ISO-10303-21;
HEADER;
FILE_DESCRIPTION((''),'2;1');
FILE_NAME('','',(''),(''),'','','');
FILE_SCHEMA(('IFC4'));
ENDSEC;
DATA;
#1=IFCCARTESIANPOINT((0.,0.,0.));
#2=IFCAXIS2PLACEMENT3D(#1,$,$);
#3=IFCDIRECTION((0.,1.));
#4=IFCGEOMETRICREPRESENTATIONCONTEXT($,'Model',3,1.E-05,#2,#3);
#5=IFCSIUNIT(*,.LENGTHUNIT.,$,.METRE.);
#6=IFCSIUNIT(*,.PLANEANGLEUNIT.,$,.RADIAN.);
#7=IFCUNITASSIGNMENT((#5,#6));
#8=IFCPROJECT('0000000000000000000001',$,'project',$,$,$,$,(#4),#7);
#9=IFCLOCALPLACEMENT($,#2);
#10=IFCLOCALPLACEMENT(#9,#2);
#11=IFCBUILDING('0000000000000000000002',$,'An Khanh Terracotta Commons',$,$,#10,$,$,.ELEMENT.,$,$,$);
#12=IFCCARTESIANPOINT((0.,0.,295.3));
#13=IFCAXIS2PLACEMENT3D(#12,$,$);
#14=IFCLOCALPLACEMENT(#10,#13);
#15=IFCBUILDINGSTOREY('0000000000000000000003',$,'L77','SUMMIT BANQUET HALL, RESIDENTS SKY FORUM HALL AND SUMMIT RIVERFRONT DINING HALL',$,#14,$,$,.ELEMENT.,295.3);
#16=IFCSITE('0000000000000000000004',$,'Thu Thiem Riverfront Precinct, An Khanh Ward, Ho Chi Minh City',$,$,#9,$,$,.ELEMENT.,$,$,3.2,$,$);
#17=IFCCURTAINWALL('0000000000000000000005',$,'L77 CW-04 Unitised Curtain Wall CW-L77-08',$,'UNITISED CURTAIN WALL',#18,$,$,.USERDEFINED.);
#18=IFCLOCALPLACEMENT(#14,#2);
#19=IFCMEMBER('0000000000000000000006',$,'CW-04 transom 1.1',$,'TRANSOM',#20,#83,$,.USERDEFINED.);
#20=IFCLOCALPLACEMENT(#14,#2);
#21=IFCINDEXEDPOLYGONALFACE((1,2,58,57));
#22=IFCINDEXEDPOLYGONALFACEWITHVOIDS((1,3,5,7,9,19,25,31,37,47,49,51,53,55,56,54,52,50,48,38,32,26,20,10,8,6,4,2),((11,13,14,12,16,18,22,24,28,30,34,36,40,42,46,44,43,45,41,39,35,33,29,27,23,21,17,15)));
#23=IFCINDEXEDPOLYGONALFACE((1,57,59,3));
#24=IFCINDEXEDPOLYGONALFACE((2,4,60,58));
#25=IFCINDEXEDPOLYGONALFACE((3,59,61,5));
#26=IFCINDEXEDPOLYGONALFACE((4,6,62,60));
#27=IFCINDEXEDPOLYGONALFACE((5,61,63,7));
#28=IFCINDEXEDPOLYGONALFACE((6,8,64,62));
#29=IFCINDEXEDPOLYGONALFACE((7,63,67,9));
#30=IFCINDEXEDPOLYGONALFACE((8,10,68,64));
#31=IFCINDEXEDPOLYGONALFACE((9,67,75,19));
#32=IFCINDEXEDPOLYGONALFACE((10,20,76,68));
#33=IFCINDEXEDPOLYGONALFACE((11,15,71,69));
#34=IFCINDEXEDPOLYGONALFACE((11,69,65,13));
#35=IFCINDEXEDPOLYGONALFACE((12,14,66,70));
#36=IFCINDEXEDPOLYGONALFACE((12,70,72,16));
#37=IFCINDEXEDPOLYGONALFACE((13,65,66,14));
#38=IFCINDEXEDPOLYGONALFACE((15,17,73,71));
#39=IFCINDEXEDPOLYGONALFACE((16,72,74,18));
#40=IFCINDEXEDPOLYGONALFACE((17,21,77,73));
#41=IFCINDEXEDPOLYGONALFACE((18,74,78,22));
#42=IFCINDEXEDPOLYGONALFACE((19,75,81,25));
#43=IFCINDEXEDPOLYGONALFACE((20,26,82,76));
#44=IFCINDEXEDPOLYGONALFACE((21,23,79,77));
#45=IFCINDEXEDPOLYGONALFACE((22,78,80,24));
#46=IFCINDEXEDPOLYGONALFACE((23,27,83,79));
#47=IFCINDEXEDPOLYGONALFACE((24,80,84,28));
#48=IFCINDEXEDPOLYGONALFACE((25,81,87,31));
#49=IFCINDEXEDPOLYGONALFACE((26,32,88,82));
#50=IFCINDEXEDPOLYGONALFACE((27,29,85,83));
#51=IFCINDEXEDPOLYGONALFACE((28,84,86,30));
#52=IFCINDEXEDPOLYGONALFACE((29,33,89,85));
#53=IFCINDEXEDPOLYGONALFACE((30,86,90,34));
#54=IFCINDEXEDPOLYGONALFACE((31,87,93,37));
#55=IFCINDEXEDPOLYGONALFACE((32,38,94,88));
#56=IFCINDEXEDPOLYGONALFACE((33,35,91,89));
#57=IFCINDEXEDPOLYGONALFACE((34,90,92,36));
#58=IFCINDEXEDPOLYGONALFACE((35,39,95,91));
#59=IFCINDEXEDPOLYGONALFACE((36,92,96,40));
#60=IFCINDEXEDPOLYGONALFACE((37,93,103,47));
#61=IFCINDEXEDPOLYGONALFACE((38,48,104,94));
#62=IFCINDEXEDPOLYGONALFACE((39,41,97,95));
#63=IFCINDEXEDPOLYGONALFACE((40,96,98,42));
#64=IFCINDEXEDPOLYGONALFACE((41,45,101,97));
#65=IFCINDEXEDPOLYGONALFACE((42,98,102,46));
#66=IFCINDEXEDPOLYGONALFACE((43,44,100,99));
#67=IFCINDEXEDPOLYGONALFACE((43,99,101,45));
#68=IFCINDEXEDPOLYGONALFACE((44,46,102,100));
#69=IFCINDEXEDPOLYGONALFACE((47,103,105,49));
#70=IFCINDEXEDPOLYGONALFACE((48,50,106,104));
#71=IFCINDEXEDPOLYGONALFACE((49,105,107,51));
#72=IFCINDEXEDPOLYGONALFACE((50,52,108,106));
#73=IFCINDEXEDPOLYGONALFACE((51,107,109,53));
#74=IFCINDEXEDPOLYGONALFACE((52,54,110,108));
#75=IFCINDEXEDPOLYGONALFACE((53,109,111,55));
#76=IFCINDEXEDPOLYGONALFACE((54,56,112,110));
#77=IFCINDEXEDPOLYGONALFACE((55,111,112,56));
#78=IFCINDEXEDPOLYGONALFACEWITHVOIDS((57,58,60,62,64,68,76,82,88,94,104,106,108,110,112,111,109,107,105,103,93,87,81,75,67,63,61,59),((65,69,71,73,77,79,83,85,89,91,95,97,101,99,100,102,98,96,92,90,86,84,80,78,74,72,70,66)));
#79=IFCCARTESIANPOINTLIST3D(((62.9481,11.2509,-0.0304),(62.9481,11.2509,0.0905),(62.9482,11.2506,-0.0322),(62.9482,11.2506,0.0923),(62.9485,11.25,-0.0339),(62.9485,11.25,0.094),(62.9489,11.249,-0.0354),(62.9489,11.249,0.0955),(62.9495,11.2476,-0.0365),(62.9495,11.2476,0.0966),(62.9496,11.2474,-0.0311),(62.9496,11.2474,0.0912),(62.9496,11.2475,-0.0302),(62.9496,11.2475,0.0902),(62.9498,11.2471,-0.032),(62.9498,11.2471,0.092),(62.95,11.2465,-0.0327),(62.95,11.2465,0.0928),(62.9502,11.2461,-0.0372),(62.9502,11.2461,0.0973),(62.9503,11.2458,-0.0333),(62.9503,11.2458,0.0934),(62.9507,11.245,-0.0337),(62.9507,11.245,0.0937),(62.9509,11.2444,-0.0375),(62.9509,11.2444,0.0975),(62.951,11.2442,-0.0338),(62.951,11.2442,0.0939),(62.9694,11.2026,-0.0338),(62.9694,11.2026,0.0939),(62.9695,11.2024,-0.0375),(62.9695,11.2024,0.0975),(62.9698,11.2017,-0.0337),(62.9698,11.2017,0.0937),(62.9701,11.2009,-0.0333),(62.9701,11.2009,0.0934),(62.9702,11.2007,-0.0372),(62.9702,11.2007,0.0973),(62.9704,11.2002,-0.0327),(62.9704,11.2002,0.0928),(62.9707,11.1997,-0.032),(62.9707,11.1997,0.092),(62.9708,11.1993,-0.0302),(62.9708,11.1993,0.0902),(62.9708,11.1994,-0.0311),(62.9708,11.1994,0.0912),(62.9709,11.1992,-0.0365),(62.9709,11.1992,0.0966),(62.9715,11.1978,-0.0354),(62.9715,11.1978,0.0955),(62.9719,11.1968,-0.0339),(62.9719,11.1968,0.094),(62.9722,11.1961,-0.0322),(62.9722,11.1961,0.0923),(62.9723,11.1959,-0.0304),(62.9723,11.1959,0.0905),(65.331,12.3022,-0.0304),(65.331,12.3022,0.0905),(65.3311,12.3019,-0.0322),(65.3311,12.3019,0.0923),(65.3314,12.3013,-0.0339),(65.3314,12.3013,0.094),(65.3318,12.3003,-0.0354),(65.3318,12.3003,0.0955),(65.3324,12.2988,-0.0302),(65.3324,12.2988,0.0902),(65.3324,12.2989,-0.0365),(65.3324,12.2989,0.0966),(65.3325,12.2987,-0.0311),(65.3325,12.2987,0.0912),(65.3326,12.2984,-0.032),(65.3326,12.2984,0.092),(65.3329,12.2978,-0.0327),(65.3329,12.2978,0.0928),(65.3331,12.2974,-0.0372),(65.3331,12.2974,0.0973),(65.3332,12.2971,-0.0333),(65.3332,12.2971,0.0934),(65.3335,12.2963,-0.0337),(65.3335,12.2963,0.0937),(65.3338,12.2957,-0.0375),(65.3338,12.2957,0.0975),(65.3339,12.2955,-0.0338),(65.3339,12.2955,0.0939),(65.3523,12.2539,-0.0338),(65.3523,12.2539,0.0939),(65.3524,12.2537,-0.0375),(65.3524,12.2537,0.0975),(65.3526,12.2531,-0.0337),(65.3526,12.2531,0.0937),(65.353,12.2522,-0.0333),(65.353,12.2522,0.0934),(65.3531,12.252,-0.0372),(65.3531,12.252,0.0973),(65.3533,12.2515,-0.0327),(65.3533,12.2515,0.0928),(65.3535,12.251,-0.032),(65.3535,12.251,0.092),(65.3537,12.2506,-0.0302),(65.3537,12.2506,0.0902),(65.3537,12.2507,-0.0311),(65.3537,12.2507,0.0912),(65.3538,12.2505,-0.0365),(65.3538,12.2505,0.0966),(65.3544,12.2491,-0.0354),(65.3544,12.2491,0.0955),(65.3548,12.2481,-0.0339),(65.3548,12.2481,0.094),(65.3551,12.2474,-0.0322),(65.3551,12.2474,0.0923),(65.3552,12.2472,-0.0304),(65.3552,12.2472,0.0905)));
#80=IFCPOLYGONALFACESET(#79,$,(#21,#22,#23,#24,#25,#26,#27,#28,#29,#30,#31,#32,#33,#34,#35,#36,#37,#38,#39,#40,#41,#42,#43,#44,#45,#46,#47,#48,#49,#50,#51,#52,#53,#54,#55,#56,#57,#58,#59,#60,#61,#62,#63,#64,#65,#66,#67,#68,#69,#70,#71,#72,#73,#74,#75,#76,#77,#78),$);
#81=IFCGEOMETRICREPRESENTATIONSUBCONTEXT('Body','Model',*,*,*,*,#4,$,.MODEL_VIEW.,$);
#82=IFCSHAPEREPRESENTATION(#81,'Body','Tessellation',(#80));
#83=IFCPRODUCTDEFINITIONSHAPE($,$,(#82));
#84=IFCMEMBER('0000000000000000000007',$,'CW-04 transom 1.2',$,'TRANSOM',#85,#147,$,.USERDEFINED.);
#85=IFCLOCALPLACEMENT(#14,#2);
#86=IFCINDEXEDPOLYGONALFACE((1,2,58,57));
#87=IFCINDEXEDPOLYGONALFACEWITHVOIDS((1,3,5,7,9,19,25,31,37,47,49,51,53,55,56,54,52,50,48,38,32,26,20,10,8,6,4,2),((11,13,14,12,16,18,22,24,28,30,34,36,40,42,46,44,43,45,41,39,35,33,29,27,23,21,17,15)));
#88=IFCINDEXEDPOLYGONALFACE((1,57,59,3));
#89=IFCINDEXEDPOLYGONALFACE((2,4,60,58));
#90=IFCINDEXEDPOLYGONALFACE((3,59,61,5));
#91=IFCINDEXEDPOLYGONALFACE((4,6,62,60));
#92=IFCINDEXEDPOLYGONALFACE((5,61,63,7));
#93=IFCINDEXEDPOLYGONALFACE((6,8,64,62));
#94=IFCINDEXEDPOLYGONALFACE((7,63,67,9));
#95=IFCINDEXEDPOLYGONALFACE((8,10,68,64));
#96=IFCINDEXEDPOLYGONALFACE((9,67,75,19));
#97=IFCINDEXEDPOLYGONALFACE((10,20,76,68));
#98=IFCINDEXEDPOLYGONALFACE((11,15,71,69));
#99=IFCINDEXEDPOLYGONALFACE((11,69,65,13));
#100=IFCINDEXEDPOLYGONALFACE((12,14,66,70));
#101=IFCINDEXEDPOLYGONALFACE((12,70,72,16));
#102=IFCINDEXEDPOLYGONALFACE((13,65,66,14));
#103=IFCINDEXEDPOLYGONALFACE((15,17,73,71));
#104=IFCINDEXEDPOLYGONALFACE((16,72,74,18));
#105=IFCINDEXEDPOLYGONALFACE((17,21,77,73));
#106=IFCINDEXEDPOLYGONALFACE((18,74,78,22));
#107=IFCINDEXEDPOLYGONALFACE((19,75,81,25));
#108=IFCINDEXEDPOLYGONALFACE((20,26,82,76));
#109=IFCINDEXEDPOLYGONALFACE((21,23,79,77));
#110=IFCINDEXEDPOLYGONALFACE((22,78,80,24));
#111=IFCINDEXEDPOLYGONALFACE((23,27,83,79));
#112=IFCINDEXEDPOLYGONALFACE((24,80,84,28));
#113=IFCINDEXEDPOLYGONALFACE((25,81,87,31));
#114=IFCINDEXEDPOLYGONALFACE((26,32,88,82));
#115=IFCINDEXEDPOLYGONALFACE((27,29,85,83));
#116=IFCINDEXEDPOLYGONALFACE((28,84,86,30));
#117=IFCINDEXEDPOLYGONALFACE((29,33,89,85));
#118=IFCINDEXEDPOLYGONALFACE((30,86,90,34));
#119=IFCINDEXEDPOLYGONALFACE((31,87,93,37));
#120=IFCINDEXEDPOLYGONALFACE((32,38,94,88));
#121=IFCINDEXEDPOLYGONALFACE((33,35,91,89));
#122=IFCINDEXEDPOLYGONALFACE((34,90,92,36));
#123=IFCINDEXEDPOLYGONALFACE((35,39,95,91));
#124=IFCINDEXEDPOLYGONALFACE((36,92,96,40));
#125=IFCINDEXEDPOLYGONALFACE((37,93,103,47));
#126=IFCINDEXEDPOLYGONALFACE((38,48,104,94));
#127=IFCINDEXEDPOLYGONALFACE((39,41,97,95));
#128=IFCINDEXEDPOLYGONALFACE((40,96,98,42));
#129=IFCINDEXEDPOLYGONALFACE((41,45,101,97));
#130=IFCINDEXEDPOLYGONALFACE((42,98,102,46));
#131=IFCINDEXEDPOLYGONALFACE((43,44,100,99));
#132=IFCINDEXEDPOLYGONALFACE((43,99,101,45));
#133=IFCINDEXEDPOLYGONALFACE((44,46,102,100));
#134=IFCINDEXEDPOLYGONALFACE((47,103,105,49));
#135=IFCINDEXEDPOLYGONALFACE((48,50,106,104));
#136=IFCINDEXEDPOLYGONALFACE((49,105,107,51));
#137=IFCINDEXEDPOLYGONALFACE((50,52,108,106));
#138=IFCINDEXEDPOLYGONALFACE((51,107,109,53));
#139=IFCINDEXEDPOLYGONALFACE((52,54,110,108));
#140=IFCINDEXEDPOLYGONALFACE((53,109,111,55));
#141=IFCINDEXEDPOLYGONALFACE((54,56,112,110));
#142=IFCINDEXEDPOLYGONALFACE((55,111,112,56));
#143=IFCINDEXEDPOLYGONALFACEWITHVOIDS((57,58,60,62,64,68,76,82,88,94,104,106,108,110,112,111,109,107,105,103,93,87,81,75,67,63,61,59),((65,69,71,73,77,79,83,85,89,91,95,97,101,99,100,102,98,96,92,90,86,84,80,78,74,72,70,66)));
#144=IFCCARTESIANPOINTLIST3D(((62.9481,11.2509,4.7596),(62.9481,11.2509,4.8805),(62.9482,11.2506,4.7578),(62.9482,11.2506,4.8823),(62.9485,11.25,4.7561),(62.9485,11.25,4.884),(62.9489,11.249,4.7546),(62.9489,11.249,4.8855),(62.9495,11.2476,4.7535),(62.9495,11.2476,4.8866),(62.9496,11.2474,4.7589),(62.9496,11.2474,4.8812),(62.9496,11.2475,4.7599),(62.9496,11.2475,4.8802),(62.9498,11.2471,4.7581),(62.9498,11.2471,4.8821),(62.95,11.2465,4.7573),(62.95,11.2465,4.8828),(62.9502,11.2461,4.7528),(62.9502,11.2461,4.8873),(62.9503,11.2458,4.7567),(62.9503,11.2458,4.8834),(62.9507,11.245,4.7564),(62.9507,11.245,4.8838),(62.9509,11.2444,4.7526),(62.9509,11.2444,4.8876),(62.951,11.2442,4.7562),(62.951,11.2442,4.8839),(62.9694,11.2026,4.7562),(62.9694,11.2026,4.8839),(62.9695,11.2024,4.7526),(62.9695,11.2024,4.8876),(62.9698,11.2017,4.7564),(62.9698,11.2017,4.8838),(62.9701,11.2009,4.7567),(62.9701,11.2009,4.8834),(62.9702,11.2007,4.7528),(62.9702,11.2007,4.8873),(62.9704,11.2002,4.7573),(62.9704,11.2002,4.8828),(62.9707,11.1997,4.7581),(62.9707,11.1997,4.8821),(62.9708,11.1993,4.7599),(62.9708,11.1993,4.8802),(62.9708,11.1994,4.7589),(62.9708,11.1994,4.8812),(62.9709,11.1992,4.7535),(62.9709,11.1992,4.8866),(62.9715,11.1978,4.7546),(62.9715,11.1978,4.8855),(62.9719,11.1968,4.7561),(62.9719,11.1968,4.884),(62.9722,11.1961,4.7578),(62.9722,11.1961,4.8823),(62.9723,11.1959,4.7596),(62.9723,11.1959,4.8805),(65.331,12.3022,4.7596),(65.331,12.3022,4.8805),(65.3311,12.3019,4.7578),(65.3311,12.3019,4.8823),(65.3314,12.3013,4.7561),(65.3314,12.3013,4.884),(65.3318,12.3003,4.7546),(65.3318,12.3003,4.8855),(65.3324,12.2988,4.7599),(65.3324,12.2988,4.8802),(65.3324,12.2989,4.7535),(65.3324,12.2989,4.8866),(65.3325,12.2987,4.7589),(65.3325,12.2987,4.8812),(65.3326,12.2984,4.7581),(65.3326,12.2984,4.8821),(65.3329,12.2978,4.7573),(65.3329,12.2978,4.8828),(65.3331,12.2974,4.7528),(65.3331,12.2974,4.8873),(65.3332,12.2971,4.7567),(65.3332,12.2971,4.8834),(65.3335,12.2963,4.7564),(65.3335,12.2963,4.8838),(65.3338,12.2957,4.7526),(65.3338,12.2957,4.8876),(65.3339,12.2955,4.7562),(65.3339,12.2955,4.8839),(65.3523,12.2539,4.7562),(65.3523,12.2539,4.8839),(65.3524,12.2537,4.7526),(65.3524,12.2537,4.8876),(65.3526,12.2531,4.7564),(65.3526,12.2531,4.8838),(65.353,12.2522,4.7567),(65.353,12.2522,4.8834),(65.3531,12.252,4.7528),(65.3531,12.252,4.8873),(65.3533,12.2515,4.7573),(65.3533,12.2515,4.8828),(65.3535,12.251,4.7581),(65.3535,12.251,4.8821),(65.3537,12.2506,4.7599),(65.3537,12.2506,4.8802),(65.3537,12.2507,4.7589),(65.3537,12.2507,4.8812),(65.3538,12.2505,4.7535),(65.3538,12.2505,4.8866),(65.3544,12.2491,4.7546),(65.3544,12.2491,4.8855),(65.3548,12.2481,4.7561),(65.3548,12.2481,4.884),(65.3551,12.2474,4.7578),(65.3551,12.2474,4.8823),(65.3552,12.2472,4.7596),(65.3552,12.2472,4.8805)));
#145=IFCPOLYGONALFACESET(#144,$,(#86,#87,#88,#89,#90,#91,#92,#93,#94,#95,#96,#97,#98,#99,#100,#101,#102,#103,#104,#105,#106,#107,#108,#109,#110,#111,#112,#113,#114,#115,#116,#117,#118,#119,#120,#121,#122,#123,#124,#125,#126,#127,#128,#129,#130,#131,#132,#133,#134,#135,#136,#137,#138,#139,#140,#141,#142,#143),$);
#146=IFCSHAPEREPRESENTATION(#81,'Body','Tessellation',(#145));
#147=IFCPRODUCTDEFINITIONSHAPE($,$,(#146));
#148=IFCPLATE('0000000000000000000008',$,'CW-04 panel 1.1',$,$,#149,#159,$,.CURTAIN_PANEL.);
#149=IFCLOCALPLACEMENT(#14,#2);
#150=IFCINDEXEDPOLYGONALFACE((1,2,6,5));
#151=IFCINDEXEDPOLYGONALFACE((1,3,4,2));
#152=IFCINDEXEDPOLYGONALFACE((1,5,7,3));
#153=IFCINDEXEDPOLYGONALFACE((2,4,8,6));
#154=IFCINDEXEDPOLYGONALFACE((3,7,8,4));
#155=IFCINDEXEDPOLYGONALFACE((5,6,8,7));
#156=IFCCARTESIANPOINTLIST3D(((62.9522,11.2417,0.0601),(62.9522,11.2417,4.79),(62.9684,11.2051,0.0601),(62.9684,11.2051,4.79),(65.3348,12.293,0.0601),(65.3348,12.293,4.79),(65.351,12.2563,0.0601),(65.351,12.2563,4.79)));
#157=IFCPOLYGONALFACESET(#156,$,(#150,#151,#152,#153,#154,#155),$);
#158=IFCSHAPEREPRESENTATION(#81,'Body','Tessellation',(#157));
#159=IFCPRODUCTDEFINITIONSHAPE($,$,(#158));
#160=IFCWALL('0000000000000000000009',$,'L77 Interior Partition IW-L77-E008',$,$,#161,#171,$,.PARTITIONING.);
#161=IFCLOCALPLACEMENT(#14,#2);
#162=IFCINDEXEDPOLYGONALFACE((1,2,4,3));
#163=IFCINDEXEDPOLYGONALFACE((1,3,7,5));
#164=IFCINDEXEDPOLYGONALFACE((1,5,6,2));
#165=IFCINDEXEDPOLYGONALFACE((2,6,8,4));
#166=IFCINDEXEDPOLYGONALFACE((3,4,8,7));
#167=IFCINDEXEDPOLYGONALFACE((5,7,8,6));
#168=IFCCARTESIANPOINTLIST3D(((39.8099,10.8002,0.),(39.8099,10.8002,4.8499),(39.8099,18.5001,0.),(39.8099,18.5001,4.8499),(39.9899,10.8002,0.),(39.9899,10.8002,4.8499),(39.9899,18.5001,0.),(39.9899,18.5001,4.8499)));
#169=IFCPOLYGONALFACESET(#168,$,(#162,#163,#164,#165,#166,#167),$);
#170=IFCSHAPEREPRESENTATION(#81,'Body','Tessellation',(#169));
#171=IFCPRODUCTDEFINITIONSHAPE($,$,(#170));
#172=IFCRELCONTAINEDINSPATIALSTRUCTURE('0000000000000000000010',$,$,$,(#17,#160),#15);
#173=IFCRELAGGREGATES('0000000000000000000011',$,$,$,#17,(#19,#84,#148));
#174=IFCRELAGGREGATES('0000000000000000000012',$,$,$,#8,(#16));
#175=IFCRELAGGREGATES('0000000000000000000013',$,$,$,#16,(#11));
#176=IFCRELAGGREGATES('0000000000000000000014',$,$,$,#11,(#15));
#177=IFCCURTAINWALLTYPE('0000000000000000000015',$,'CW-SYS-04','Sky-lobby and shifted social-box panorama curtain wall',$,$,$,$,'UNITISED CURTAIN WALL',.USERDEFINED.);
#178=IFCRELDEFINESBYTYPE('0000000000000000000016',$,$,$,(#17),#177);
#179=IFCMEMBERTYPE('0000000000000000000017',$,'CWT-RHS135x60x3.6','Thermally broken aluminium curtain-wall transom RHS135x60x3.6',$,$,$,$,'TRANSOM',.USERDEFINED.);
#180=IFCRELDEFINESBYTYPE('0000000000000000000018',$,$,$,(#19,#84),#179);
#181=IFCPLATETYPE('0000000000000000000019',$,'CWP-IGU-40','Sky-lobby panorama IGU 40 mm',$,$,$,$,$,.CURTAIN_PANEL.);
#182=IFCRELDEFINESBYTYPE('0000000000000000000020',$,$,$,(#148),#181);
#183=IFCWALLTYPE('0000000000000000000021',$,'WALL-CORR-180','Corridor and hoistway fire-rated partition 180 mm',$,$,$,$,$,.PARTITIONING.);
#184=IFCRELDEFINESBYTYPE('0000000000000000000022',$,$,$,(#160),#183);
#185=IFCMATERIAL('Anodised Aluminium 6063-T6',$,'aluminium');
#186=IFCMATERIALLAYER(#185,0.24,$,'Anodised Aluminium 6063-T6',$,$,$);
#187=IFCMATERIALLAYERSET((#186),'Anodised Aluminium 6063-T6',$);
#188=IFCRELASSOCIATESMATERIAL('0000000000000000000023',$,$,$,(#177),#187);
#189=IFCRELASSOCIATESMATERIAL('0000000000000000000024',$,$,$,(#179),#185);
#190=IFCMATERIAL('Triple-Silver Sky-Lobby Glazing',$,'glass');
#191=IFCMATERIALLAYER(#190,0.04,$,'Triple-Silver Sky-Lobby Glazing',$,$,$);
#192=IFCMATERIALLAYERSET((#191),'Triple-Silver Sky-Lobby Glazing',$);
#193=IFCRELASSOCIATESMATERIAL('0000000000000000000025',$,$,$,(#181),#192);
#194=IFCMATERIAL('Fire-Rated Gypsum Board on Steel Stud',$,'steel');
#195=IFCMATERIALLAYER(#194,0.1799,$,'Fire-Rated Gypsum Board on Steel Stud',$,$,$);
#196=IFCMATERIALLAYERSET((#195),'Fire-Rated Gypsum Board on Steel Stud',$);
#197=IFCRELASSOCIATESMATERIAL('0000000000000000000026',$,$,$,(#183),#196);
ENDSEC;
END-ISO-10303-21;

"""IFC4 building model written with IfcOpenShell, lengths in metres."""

from ifc_helpers import new_model, si_unit, direction, frame, frame_2d, origin, origin_2d, place, context, subcontext, project, spatial, rectangle, hollow_rectangle, extrude, material, layer, layer_set, material_profile, profile_set, type_object, element, aggregate, save


model = new_model("IFC4")

# Units and contexts
model_context = context("Model", 3, precision=1e-05, world=origin(), true_north=direction((0.0, 1.0)))
body_context = subcontext(model_context, "Body", "Model", "MODEL_VIEW")
ifc_project = project(units=[si_unit("LENGTHUNIT", "METRE"), si_unit("PLANEANGLEUNIT", "RADIAN")], contexts=[model_context])

# Site, building, storey
site_placement = place(None, origin())
site = spatial("IfcSite", under=ifc_project, at=site_placement, Name="Thu Thiem Riverfront Precinct, An Khanh Ward, Ho Chi Minh City", CompositionType="ELEMENT", RefElevation=3.2)
building_placement = place(site_placement, origin())
building = spatial("IfcBuilding", under=site, at=building_placement, Name="An Khanh Terracotta Commons", CompositionType="ELEMENT")
storey_placement = place(building_placement, frame((0.0, 0.0, 295.3)))
storey = spatial("IfcBuildingStorey", under=building, at=storey_placement, Name="L77", Description="SUMMIT BANQUET HALL, RESIDENTS SKY FORUM HALL AND SUMMIT RIVERFRONT DINING HALL", CompositionType="ELEMENT", Elevation=295.3)

# Curtain wall, members, plate
ifc_material_1 = material(Name="Anodised Aluminium 6063-T6", Category="aluminium")
ifc_layer_1 = layer(ifc_material_1, 0.24, Name="Anodised Aluminium 6063-T6")
ifc_layer_set_1 = layer_set([ifc_layer_1], Name="Anodised Aluminium 6063-T6")
curtain_wall_type = type_object("IfcCurtainWallType", Name="CW-SYS-04", Description="Sky-lobby and shifted social-box panorama curtain wall", ElementType="UNITISED CURTAIN WALL", PredefinedType="USERDEFINED", material=ifc_layer_set_1)
curtain_wall_placement = place(storey_placement, origin())
curtain_wall = element("IfcCurtainWall", 1, at=curtain_wall_placement, inside=storey, type_object=curtain_wall_type, Name="L77 CW-04 Unitised Curtain Wall CW-L77-08", ObjectType="UNITISED CURTAIN WALL", PredefinedType="USERDEFINED")
ifc_material_profile_1 = material_profile(ifc_material_1, hollow_rectangle(XDim=0.0601, YDim=0.135, WallThickness=0.0037, InnerFilletRadius=0.0037, OuterFilletRadius=0.0071, at=origin_2d()), Name="RHS135x60x3.6")
ifc_profile_set_1 = profile_set([ifc_material_profile_1], Name="Anodised Aluminium 6063-T6")
member_type_1 = type_object("IfcMemberType", Name="CWT-RHS135x60x3.6", Description="Thermally broken aluminium curtain-wall transom RHS135x60x3.6", ElementType="TRANSOM", PredefinedType="USERDEFINED", material=ifc_profile_set_1)
member_1_placement = place(storey_placement, frame((62.9602, 11.2234, 0.03), z_axis=(0.914914, 0.403649, 0.0), x_axis=(-0.403649, 0.914914, 0.0)))
member_1 = element("IfcMember", 2, at=member_1_placement, type_object=member_type_1, Name="CW-04 transom 1.1", ObjectType="TRANSOM", PredefinedType="USERDEFINED", context=body_context, shape_type="SweptSolid", body=[
    extrude(hollow_rectangle(XDim=0.0601, YDim=0.135, WallThickness=0.0037, InnerFilletRadius=0.0037, OuterFilletRadius=0.0071, at=origin_2d()), origin(), (0.0, 0.0, 1.0), 2.6045),
])
member_2_placement = place(storey_placement, frame((62.9602, 11.2234, 4.8201), z_axis=(0.914914, 0.403649, 0.0), x_axis=(-0.403649, 0.914914, 0.0)))
member_2 = element("IfcMember", 3, at=member_2_placement, type_object=member_type_1, Name="CW-04 transom 1.2", ObjectType="TRANSOM", PredefinedType="USERDEFINED", context=body_context, shape_type="SweptSolid", body=[
    extrude(hollow_rectangle(XDim=0.0601, YDim=0.135, WallThickness=0.0037, InnerFilletRadius=0.0037, OuterFilletRadius=0.0071, at=origin_2d()), origin(), (0.0, 0.0, 1.0), 2.6045),
])
ifc_material_2 = material(Name="Triple-Silver Sky-Lobby Glazing", Category="glass")
ifc_layer_2 = layer(ifc_material_2, 0.04, Name="Triple-Silver Sky-Lobby Glazing")
ifc_layer_set_2 = layer_set([ifc_layer_2], Name="Triple-Silver Sky-Lobby Glazing")
plate_type = type_object("IfcPlateType", Name="CWP-IGU-40", Description="Sky-lobby panorama IGU 40 mm", PredefinedType="CURTAIN_PANEL", material=ifc_layer_set_2)
plate_placement = place(storey_placement, frame((64.1516, 11.749, 0.0601), z_axis=(0.0, 0.0, 1.0), x_axis=(0.914902, 0.403676, 0.0)))
plate = element("IfcPlate", 4, at=plate_placement, type_object=plate_type, Name="CW-04 panel 1.1", PredefinedType="CURTAIN_PANEL", context=body_context, shape_type="SweptSolid", body=[
    extrude(rectangle(XDim=2.6042, YDim=0.04, at=origin_2d()), origin(), (0.0, 0.0, 1.0), 4.73),
])
aggregate(curtain_wall, [member_1, member_2, plate])

# Wall
ifc_material_3 = material(Name="Fire-Rated Gypsum Board on Steel Stud", Category="steel")
ifc_layer_3 = layer(ifc_material_3, 0.1799, Name="Fire-Rated Gypsum Board on Steel Stud")
ifc_layer_set_3 = layer_set([ifc_layer_3], Name="Fire-Rated Gypsum Board on Steel Stud")
wall_type_1 = type_object("IfcWallType", Name="WALL-CORR-180", Description="Corridor and hoistway fire-rated partition 180 mm", PredefinedType="PARTITIONING", material=ifc_layer_set_3)
wall_1_placement = place(storey_placement, frame((39.8999, 10.8, 0.0), z_axis=(0.0, 0.0, 1.0), x_axis=(0.0, 1.0, 0.0)))
element("IfcWall", 5, at=wall_1_placement, inside=storey, type_object=wall_type_1, Name="L77 Interior Partition IW-L77-E008", PredefinedType="PARTITIONING", context=body_context, shape_type="SweptSolid", body=[
    extrude(rectangle(XDim=7.7, YDim=0.1799, at=frame_2d((3.8501, 0.0))), origin(), (0.0, 0.0, 1.0), 4.8499),
])

save(model, "model.ifc")
